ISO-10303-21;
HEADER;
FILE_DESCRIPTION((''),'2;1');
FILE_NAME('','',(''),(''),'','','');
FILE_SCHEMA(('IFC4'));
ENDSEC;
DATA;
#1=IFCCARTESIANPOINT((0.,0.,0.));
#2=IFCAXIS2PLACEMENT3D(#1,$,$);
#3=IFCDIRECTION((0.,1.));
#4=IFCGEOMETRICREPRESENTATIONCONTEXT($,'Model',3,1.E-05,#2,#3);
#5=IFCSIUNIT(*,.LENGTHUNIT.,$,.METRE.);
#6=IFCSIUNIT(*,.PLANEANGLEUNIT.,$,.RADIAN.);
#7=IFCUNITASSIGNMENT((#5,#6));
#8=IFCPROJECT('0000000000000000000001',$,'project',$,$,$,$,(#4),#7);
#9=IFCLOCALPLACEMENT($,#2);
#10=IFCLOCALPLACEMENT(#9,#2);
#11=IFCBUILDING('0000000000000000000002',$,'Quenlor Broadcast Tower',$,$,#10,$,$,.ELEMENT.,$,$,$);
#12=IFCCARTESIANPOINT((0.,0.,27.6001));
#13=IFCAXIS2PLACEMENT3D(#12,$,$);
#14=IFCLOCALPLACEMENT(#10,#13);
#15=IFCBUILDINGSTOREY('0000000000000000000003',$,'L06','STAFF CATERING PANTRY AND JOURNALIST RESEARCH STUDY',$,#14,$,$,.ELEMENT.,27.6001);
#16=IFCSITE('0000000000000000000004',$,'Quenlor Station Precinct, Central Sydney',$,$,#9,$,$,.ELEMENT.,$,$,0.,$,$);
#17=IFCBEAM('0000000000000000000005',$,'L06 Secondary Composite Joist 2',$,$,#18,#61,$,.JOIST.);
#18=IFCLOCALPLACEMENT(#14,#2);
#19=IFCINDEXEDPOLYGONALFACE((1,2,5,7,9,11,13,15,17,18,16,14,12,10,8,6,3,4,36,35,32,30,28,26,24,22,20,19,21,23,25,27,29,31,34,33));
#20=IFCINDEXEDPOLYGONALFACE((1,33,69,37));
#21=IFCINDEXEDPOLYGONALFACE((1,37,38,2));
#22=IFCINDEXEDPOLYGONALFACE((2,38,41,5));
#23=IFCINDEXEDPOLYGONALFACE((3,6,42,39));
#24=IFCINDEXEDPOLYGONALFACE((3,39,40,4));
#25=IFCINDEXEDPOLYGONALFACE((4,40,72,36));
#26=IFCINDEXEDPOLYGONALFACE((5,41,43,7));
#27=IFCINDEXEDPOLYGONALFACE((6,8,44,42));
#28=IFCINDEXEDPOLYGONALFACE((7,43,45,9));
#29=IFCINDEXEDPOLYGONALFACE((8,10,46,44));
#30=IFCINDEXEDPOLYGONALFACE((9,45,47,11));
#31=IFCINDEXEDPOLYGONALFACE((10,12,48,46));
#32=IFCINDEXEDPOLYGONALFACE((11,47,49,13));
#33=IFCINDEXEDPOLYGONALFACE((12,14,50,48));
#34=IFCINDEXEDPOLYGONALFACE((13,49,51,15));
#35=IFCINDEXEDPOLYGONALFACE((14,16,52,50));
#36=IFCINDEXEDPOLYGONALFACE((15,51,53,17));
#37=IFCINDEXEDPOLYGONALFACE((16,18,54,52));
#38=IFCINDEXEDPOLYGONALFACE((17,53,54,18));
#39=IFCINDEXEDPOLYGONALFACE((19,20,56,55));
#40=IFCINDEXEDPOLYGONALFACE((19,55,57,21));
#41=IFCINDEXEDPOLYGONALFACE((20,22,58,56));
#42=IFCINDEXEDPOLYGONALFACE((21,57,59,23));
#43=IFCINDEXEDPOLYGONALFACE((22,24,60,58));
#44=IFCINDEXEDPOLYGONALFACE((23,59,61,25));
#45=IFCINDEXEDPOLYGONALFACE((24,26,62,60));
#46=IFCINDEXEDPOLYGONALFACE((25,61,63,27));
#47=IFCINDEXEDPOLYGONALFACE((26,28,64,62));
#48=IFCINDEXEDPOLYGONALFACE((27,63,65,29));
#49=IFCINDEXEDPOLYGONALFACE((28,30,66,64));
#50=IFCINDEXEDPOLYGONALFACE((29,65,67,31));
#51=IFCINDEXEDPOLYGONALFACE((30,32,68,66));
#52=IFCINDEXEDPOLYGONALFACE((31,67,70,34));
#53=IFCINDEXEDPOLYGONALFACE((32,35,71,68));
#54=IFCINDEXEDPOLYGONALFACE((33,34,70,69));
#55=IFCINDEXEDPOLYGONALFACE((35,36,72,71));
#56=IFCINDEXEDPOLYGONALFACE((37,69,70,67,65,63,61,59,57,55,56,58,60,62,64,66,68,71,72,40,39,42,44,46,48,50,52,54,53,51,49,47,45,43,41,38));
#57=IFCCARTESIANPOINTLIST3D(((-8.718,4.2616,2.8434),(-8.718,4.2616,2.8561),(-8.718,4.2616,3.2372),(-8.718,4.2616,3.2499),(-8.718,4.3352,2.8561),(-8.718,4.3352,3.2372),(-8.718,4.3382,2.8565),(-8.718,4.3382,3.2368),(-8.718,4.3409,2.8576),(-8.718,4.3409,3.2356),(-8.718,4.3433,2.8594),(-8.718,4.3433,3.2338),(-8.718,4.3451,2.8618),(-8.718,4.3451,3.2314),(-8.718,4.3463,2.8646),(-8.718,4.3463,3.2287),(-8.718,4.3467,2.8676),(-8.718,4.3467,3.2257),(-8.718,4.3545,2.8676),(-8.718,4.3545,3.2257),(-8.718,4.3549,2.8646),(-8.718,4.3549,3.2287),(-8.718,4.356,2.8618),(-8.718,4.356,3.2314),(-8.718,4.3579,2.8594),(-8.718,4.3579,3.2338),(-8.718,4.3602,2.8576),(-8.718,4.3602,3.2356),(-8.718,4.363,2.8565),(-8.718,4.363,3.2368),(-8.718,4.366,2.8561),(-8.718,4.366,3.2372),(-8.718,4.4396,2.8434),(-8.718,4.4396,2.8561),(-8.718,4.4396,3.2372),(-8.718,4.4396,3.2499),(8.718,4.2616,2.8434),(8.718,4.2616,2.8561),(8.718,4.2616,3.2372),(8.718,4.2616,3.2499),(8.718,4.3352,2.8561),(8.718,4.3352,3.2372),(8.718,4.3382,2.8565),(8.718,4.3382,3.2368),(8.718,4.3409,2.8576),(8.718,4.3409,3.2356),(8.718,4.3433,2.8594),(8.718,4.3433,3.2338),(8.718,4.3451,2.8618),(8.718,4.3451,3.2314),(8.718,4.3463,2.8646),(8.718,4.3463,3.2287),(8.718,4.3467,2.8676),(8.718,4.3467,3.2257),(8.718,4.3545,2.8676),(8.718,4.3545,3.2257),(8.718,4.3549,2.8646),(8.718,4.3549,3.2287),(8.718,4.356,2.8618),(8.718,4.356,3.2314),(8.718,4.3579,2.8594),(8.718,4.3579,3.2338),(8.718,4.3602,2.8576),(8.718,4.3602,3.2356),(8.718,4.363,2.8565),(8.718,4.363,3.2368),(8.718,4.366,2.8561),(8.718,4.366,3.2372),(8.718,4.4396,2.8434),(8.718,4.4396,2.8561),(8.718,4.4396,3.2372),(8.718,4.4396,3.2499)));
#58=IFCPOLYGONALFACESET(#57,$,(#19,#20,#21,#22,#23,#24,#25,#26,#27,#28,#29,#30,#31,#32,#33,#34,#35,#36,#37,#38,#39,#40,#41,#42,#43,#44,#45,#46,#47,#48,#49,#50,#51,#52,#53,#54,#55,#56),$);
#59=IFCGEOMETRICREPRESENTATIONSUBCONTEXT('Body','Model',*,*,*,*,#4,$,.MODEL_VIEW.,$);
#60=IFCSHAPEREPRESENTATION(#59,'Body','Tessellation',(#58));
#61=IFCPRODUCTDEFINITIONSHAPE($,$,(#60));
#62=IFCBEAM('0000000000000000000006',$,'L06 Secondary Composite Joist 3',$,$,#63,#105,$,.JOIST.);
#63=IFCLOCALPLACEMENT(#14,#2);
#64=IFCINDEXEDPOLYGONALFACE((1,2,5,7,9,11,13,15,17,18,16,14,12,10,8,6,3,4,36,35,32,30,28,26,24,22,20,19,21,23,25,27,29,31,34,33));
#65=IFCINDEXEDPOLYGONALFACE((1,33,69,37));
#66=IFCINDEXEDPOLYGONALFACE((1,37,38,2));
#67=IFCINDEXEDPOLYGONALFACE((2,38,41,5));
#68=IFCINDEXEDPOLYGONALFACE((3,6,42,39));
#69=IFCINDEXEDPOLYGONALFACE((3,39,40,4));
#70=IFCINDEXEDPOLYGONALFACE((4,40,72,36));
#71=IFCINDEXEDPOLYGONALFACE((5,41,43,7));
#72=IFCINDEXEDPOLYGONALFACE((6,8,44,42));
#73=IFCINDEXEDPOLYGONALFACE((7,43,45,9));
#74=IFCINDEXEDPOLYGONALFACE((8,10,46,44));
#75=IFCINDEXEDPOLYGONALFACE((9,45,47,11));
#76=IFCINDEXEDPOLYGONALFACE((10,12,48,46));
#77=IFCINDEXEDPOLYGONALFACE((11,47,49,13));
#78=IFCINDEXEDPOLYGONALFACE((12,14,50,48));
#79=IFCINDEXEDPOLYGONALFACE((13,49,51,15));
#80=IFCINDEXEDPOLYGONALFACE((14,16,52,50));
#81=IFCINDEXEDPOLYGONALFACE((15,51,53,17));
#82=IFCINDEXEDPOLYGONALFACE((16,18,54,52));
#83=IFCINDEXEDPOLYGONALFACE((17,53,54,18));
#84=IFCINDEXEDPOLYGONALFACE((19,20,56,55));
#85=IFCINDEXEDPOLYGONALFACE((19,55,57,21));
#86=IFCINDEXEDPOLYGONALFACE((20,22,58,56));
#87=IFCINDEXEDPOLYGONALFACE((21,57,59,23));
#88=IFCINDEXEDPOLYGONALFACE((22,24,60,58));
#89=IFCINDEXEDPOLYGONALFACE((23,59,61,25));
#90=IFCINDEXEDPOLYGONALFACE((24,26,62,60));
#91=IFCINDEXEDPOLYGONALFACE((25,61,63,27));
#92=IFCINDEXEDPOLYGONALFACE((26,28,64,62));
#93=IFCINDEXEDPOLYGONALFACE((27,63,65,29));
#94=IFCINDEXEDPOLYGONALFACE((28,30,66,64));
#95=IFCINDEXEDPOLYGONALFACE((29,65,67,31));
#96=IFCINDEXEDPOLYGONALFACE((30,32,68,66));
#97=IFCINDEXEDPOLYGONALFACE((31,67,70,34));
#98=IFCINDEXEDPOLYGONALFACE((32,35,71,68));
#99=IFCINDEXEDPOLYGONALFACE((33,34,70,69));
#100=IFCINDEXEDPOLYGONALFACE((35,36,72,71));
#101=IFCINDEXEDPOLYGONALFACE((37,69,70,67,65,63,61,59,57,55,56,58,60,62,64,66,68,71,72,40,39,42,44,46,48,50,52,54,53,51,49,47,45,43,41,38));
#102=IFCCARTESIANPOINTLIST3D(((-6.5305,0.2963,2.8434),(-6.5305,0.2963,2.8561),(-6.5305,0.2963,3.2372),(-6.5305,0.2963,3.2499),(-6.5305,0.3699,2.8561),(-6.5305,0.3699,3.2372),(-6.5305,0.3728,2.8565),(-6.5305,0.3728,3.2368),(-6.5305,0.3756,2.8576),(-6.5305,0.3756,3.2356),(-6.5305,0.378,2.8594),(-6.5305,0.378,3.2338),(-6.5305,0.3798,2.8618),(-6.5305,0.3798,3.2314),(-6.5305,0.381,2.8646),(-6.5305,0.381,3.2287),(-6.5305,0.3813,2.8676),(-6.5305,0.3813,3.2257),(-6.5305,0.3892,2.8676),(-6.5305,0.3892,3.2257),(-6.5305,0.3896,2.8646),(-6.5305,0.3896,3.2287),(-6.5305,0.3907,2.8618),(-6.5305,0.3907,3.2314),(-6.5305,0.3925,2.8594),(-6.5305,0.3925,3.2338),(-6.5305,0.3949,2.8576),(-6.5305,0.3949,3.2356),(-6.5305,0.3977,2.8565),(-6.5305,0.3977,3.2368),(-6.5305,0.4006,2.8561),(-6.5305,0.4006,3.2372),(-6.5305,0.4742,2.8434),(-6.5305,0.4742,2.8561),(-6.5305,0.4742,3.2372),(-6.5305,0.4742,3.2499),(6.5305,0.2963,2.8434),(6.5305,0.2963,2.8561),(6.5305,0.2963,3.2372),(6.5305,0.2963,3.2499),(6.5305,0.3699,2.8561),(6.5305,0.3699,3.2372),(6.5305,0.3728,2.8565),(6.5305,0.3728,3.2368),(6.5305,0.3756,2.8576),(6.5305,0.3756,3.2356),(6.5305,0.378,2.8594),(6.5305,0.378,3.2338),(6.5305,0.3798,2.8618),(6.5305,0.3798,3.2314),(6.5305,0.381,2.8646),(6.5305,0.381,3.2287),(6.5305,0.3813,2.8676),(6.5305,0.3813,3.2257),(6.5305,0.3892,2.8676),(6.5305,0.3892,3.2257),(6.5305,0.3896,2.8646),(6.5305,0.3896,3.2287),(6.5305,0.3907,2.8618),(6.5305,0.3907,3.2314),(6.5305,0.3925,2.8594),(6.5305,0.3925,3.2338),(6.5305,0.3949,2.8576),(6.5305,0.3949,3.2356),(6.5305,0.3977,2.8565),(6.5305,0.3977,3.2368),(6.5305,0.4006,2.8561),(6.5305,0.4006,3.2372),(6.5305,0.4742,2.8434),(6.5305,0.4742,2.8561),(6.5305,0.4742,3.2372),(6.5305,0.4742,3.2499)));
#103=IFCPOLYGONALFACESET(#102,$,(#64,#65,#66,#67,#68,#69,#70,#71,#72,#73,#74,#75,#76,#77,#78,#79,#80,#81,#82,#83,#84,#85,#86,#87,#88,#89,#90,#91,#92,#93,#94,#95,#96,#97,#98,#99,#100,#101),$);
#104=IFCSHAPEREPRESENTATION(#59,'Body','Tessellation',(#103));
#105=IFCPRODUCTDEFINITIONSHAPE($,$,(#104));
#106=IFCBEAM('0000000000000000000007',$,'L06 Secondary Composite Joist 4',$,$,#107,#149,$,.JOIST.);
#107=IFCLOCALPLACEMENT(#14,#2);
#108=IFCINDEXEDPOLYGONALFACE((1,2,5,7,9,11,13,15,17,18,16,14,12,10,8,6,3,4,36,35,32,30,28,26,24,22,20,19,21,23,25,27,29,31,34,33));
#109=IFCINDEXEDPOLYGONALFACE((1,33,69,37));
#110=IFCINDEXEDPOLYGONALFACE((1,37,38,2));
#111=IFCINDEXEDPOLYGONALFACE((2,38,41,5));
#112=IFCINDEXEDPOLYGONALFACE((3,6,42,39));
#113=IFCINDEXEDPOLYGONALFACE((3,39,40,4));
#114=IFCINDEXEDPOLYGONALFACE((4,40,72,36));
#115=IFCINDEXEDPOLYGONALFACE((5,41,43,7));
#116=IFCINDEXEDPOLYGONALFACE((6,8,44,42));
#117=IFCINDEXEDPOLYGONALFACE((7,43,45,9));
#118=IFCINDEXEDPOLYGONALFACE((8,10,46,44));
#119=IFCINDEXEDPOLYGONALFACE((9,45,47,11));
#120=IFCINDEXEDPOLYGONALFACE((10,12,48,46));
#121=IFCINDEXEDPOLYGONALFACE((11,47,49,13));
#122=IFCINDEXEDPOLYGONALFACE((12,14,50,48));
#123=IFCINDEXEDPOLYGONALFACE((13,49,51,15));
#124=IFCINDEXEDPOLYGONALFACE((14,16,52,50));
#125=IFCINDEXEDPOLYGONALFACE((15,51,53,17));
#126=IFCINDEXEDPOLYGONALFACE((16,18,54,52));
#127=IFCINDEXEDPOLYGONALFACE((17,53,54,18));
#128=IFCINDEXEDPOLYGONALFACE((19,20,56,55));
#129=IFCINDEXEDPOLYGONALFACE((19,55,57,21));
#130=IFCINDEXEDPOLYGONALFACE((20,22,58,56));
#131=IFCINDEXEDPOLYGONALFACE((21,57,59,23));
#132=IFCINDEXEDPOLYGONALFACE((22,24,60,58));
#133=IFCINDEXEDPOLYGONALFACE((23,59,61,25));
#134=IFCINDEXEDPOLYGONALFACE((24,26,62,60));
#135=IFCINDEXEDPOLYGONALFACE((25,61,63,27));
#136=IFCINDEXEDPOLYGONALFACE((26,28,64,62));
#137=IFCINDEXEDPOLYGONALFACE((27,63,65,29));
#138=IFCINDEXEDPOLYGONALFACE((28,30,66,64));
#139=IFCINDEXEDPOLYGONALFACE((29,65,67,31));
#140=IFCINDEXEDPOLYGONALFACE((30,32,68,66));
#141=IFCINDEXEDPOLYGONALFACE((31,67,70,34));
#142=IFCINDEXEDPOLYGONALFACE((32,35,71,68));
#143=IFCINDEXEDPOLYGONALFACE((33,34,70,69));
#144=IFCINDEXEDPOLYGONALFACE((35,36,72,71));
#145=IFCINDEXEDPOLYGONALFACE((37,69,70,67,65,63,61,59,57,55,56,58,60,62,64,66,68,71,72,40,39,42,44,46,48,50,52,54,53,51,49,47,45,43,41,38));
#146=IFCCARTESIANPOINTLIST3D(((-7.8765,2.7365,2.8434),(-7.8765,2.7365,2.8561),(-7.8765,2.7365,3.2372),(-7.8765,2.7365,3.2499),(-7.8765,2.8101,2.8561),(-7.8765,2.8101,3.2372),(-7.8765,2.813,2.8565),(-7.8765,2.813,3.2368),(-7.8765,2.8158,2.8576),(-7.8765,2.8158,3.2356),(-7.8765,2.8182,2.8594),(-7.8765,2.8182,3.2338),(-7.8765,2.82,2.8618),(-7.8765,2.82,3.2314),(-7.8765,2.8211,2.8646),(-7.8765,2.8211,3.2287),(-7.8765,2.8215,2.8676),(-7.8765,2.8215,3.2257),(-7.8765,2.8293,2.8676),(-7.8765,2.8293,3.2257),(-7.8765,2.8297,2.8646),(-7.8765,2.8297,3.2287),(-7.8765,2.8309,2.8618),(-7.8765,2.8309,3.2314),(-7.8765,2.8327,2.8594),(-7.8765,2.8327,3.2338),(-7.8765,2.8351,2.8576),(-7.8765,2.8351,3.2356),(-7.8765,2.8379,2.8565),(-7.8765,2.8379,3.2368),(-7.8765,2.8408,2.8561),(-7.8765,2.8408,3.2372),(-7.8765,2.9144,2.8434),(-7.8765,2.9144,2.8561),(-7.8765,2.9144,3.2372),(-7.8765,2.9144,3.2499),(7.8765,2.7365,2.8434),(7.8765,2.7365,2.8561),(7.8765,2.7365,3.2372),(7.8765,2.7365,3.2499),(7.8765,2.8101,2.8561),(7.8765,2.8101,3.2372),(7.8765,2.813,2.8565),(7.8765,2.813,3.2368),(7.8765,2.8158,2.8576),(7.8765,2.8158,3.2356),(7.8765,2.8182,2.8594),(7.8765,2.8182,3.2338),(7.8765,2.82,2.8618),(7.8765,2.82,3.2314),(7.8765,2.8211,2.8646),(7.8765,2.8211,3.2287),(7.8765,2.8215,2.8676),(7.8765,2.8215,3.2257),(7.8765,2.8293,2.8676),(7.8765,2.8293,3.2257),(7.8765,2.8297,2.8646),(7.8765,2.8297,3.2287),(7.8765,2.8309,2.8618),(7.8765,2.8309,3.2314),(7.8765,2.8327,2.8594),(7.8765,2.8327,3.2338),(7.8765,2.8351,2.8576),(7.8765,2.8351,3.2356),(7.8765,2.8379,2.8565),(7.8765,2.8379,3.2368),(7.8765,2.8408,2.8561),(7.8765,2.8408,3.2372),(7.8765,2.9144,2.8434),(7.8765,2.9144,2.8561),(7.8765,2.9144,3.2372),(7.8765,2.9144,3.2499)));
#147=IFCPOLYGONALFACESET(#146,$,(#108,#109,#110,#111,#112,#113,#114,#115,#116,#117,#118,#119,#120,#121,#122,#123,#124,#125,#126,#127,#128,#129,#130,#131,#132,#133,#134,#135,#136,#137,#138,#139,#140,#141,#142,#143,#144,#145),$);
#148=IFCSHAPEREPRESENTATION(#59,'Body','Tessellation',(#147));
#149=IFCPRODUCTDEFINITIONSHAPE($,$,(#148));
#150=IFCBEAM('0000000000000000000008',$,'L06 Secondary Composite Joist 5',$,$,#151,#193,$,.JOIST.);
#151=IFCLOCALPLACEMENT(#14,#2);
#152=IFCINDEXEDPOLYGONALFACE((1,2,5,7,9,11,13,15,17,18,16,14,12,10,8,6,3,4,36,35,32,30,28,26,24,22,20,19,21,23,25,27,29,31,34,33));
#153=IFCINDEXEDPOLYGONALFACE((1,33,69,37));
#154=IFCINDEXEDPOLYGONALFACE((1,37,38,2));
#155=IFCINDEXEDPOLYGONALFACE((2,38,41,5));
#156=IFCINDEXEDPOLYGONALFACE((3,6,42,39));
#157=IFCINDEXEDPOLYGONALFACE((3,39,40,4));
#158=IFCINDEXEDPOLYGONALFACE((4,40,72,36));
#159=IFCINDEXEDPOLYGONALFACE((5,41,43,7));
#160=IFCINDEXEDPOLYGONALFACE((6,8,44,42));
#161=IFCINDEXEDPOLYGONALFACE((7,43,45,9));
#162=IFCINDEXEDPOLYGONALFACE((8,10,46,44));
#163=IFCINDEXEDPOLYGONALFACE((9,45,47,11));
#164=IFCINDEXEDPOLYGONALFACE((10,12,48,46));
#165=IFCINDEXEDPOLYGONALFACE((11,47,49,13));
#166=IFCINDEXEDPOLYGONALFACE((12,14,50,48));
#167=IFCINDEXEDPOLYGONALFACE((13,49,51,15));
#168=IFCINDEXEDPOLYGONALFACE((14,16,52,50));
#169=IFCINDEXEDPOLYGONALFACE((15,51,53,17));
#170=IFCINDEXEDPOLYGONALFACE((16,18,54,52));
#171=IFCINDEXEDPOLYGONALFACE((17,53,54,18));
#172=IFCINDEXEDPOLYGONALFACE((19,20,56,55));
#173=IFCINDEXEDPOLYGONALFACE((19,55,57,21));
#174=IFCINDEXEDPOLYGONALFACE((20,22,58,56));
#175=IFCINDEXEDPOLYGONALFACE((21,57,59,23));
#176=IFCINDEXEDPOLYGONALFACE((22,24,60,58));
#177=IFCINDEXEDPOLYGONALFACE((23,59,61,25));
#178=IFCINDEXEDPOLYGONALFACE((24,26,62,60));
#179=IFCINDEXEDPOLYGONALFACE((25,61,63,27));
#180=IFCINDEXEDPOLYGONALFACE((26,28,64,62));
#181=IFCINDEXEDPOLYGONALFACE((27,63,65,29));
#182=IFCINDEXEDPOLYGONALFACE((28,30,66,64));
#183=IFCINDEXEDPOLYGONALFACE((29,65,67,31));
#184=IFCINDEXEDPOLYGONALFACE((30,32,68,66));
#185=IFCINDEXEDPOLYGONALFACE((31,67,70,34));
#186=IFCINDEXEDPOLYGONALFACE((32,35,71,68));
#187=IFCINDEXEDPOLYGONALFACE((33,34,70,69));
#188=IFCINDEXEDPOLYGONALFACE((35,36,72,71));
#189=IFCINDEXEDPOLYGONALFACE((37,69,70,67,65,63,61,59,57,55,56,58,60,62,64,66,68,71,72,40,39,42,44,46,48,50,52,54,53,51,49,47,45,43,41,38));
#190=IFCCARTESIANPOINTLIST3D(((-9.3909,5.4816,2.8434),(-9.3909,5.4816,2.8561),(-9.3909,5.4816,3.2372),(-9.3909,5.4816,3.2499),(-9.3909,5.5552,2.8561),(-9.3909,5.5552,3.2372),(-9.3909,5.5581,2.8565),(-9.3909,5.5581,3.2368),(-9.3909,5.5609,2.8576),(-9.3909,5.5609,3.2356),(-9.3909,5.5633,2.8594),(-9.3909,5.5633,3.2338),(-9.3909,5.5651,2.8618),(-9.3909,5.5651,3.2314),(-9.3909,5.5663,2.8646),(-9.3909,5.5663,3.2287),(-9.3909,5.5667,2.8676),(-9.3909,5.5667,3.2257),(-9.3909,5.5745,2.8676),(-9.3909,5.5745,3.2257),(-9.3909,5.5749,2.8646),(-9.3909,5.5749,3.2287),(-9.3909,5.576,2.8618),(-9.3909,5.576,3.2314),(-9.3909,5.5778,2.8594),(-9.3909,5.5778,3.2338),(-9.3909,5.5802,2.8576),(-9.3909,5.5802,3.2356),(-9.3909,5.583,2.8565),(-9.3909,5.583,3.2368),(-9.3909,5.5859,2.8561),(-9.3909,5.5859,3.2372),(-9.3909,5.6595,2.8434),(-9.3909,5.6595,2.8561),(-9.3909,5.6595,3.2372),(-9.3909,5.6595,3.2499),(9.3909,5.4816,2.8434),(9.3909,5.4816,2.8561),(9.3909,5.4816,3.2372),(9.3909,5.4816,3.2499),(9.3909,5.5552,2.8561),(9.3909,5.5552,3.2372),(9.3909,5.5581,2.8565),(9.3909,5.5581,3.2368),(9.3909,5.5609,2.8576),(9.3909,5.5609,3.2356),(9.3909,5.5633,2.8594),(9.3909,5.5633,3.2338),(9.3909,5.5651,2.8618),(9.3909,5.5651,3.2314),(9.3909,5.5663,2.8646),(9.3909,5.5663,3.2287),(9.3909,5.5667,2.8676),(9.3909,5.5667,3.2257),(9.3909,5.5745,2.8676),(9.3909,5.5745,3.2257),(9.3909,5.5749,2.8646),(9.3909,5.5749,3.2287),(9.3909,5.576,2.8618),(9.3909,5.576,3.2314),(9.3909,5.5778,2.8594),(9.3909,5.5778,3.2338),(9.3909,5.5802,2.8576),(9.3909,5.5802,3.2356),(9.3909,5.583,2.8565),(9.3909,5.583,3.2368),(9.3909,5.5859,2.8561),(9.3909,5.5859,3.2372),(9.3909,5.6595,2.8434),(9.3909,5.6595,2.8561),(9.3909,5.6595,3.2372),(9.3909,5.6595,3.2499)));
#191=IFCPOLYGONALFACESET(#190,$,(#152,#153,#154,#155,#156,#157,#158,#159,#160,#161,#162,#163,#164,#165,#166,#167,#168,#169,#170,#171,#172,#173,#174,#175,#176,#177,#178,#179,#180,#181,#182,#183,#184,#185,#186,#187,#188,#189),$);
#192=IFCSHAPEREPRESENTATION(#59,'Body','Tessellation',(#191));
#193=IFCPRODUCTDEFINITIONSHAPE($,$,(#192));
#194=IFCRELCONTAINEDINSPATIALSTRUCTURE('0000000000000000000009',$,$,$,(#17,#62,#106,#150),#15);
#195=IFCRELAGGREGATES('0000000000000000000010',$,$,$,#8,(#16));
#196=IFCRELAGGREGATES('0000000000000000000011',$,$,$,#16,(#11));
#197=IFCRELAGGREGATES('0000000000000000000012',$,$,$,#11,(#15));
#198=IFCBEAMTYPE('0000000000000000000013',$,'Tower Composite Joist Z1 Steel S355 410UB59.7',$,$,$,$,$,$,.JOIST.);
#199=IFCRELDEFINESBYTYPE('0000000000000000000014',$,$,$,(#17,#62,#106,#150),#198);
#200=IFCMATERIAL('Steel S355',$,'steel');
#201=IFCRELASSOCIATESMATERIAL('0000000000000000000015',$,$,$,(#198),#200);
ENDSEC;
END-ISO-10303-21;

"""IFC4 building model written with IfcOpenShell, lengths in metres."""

from ifc_helpers import new_model, si_unit, direction, frame, origin, origin_2d, place, context, subcontext, project, spatial, i_section, extrude, material, material_profile, profile_set, type_object, element, save


model = new_model("IFC4")

# Units and contexts
model_context = context("Model", 3, precision=1e-05, world=origin(), true_north=direction((0.0, 1.0)))
body_context = subcontext(model_context, "Body", "Model", "MODEL_VIEW")
ifc_project = project(units=[si_unit("LENGTHUNIT", "METRE"), si_unit("PLANEANGLEUNIT", "RADIAN")], contexts=[model_context])

# Site, building, storey
site_placement = place(None, origin())
site = spatial("IfcSite", under=ifc_project, at=site_placement, Name="Quenlor Station Precinct, Central Sydney", CompositionType="ELEMENT", RefElevation=0.0)
building_placement = place(site_placement, origin())
building = spatial("IfcBuilding", under=site, at=building_placement, Name="Quenlor Broadcast Tower", CompositionType="ELEMENT")
storey_placement = place(building_placement, frame((0.0, 0.0, 27.6001)))
storey = spatial("IfcBuildingStorey", under=building, at=storey_placement, Name="L06", Description="STAFF CATERING PANTRY AND JOURNALIST RESEARCH STUDY", CompositionType="ELEMENT", Elevation=27.6001)

# Beams
ifc_material_1 = material(Name="Steel S355", Category="steel")
ifc_material_profile_1 = material_profile(ifc_material_1, i_section(OverallWidth=0.178, OverallDepth=0.4065, WebThickness=0.0078, FlangeThickness=0.0127, FilletRadius=0.0115, at=origin_2d()))
ifc_profile_set_1 = profile_set([ifc_material_profile_1], Name="Steel S355 410UB59.7")
beam_type_1 = type_object("IfcBeamType", Name="Tower Composite Joist Z1 Steel S355 410UB59.7", PredefinedType="JOIST", material=ifc_profile_set_1)
beam_1_placement = place(storey_placement, frame((-8.718, 4.3506, 3.0466), z_axis=(1.0, 0.0, 0.0), x_axis=(0.0, 1.0, 0.0)))
element("IfcBeam", 1, at=beam_1_placement, inside=storey, type_object=beam_type_1, Name="L06 Secondary Composite Joist 2", PredefinedType="JOIST", context=body_context, shape_type="SweptSolid", body=[
    extrude(i_section(OverallWidth=0.178, OverallDepth=0.4065, WebThickness=0.0078, FlangeThickness=0.0127, FilletRadius=0.0115, at=origin_2d()), origin(), (0.0, 0.0, 1.0), 17.436),
])
beam_2_placement = place(storey_placement, frame((-6.5305, 0.3853, 3.0466), z_axis=(1.0, 0.0, 0.0), x_axis=(0.0, 1.0, 0.0)))
element("IfcBeam", 2, at=beam_2_placement, inside=storey, type_object=beam_type_1, Name="L06 Secondary Composite Joist 3", PredefinedType="JOIST", context=body_context, shape_type="SweptSolid", body=[
    extrude(i_section(OverallWidth=0.178, OverallDepth=0.4065, WebThickness=0.0078, FlangeThickness=0.0127, FilletRadius=0.0115, at=origin_2d()), origin(), (0.0, 0.0, 1.0), 13.061),
])
beam_3_placement = place(storey_placement, frame((-7.8765, 2.8254, 3.0466), z_axis=(1.0, 0.0, 0.0), x_axis=(0.0, 1.0, 0.0)))
element("IfcBeam", 3, at=beam_3_placement, inside=storey, type_object=beam_type_1, Name="L06 Secondary Composite Joist 4", PredefinedType="JOIST", context=body_context, shape_type="SweptSolid", body=[
    extrude(i_section(OverallWidth=0.178, OverallDepth=0.4065, WebThickness=0.0078, FlangeThickness=0.0127, FilletRadius=0.0115, at=origin_2d()), origin(), (0.0, 0.0, 1.0), 15.7529),
])
beam_4_placement = place(storey_placement, frame((-9.3909, 5.5706, 3.0466), z_axis=(1.0, 0.0, 0.0), x_axis=(0.0, 1.0, 0.0)))
element("IfcBeam", 4, at=beam_4_placement, inside=storey, type_object=beam_type_1, Name="L06 Secondary Composite Joist 5", PredefinedType="JOIST", context=body_context, shape_type="SweptSolid", body=[
    extrude(i_section(OverallWidth=0.178, OverallDepth=0.4065, WebThickness=0.0078, FlangeThickness=0.0127, FilletRadius=0.0115, at=origin_2d()), origin(), (0.0, 0.0, 1.0), 18.7817),
])

save(model, "model.ifc")
